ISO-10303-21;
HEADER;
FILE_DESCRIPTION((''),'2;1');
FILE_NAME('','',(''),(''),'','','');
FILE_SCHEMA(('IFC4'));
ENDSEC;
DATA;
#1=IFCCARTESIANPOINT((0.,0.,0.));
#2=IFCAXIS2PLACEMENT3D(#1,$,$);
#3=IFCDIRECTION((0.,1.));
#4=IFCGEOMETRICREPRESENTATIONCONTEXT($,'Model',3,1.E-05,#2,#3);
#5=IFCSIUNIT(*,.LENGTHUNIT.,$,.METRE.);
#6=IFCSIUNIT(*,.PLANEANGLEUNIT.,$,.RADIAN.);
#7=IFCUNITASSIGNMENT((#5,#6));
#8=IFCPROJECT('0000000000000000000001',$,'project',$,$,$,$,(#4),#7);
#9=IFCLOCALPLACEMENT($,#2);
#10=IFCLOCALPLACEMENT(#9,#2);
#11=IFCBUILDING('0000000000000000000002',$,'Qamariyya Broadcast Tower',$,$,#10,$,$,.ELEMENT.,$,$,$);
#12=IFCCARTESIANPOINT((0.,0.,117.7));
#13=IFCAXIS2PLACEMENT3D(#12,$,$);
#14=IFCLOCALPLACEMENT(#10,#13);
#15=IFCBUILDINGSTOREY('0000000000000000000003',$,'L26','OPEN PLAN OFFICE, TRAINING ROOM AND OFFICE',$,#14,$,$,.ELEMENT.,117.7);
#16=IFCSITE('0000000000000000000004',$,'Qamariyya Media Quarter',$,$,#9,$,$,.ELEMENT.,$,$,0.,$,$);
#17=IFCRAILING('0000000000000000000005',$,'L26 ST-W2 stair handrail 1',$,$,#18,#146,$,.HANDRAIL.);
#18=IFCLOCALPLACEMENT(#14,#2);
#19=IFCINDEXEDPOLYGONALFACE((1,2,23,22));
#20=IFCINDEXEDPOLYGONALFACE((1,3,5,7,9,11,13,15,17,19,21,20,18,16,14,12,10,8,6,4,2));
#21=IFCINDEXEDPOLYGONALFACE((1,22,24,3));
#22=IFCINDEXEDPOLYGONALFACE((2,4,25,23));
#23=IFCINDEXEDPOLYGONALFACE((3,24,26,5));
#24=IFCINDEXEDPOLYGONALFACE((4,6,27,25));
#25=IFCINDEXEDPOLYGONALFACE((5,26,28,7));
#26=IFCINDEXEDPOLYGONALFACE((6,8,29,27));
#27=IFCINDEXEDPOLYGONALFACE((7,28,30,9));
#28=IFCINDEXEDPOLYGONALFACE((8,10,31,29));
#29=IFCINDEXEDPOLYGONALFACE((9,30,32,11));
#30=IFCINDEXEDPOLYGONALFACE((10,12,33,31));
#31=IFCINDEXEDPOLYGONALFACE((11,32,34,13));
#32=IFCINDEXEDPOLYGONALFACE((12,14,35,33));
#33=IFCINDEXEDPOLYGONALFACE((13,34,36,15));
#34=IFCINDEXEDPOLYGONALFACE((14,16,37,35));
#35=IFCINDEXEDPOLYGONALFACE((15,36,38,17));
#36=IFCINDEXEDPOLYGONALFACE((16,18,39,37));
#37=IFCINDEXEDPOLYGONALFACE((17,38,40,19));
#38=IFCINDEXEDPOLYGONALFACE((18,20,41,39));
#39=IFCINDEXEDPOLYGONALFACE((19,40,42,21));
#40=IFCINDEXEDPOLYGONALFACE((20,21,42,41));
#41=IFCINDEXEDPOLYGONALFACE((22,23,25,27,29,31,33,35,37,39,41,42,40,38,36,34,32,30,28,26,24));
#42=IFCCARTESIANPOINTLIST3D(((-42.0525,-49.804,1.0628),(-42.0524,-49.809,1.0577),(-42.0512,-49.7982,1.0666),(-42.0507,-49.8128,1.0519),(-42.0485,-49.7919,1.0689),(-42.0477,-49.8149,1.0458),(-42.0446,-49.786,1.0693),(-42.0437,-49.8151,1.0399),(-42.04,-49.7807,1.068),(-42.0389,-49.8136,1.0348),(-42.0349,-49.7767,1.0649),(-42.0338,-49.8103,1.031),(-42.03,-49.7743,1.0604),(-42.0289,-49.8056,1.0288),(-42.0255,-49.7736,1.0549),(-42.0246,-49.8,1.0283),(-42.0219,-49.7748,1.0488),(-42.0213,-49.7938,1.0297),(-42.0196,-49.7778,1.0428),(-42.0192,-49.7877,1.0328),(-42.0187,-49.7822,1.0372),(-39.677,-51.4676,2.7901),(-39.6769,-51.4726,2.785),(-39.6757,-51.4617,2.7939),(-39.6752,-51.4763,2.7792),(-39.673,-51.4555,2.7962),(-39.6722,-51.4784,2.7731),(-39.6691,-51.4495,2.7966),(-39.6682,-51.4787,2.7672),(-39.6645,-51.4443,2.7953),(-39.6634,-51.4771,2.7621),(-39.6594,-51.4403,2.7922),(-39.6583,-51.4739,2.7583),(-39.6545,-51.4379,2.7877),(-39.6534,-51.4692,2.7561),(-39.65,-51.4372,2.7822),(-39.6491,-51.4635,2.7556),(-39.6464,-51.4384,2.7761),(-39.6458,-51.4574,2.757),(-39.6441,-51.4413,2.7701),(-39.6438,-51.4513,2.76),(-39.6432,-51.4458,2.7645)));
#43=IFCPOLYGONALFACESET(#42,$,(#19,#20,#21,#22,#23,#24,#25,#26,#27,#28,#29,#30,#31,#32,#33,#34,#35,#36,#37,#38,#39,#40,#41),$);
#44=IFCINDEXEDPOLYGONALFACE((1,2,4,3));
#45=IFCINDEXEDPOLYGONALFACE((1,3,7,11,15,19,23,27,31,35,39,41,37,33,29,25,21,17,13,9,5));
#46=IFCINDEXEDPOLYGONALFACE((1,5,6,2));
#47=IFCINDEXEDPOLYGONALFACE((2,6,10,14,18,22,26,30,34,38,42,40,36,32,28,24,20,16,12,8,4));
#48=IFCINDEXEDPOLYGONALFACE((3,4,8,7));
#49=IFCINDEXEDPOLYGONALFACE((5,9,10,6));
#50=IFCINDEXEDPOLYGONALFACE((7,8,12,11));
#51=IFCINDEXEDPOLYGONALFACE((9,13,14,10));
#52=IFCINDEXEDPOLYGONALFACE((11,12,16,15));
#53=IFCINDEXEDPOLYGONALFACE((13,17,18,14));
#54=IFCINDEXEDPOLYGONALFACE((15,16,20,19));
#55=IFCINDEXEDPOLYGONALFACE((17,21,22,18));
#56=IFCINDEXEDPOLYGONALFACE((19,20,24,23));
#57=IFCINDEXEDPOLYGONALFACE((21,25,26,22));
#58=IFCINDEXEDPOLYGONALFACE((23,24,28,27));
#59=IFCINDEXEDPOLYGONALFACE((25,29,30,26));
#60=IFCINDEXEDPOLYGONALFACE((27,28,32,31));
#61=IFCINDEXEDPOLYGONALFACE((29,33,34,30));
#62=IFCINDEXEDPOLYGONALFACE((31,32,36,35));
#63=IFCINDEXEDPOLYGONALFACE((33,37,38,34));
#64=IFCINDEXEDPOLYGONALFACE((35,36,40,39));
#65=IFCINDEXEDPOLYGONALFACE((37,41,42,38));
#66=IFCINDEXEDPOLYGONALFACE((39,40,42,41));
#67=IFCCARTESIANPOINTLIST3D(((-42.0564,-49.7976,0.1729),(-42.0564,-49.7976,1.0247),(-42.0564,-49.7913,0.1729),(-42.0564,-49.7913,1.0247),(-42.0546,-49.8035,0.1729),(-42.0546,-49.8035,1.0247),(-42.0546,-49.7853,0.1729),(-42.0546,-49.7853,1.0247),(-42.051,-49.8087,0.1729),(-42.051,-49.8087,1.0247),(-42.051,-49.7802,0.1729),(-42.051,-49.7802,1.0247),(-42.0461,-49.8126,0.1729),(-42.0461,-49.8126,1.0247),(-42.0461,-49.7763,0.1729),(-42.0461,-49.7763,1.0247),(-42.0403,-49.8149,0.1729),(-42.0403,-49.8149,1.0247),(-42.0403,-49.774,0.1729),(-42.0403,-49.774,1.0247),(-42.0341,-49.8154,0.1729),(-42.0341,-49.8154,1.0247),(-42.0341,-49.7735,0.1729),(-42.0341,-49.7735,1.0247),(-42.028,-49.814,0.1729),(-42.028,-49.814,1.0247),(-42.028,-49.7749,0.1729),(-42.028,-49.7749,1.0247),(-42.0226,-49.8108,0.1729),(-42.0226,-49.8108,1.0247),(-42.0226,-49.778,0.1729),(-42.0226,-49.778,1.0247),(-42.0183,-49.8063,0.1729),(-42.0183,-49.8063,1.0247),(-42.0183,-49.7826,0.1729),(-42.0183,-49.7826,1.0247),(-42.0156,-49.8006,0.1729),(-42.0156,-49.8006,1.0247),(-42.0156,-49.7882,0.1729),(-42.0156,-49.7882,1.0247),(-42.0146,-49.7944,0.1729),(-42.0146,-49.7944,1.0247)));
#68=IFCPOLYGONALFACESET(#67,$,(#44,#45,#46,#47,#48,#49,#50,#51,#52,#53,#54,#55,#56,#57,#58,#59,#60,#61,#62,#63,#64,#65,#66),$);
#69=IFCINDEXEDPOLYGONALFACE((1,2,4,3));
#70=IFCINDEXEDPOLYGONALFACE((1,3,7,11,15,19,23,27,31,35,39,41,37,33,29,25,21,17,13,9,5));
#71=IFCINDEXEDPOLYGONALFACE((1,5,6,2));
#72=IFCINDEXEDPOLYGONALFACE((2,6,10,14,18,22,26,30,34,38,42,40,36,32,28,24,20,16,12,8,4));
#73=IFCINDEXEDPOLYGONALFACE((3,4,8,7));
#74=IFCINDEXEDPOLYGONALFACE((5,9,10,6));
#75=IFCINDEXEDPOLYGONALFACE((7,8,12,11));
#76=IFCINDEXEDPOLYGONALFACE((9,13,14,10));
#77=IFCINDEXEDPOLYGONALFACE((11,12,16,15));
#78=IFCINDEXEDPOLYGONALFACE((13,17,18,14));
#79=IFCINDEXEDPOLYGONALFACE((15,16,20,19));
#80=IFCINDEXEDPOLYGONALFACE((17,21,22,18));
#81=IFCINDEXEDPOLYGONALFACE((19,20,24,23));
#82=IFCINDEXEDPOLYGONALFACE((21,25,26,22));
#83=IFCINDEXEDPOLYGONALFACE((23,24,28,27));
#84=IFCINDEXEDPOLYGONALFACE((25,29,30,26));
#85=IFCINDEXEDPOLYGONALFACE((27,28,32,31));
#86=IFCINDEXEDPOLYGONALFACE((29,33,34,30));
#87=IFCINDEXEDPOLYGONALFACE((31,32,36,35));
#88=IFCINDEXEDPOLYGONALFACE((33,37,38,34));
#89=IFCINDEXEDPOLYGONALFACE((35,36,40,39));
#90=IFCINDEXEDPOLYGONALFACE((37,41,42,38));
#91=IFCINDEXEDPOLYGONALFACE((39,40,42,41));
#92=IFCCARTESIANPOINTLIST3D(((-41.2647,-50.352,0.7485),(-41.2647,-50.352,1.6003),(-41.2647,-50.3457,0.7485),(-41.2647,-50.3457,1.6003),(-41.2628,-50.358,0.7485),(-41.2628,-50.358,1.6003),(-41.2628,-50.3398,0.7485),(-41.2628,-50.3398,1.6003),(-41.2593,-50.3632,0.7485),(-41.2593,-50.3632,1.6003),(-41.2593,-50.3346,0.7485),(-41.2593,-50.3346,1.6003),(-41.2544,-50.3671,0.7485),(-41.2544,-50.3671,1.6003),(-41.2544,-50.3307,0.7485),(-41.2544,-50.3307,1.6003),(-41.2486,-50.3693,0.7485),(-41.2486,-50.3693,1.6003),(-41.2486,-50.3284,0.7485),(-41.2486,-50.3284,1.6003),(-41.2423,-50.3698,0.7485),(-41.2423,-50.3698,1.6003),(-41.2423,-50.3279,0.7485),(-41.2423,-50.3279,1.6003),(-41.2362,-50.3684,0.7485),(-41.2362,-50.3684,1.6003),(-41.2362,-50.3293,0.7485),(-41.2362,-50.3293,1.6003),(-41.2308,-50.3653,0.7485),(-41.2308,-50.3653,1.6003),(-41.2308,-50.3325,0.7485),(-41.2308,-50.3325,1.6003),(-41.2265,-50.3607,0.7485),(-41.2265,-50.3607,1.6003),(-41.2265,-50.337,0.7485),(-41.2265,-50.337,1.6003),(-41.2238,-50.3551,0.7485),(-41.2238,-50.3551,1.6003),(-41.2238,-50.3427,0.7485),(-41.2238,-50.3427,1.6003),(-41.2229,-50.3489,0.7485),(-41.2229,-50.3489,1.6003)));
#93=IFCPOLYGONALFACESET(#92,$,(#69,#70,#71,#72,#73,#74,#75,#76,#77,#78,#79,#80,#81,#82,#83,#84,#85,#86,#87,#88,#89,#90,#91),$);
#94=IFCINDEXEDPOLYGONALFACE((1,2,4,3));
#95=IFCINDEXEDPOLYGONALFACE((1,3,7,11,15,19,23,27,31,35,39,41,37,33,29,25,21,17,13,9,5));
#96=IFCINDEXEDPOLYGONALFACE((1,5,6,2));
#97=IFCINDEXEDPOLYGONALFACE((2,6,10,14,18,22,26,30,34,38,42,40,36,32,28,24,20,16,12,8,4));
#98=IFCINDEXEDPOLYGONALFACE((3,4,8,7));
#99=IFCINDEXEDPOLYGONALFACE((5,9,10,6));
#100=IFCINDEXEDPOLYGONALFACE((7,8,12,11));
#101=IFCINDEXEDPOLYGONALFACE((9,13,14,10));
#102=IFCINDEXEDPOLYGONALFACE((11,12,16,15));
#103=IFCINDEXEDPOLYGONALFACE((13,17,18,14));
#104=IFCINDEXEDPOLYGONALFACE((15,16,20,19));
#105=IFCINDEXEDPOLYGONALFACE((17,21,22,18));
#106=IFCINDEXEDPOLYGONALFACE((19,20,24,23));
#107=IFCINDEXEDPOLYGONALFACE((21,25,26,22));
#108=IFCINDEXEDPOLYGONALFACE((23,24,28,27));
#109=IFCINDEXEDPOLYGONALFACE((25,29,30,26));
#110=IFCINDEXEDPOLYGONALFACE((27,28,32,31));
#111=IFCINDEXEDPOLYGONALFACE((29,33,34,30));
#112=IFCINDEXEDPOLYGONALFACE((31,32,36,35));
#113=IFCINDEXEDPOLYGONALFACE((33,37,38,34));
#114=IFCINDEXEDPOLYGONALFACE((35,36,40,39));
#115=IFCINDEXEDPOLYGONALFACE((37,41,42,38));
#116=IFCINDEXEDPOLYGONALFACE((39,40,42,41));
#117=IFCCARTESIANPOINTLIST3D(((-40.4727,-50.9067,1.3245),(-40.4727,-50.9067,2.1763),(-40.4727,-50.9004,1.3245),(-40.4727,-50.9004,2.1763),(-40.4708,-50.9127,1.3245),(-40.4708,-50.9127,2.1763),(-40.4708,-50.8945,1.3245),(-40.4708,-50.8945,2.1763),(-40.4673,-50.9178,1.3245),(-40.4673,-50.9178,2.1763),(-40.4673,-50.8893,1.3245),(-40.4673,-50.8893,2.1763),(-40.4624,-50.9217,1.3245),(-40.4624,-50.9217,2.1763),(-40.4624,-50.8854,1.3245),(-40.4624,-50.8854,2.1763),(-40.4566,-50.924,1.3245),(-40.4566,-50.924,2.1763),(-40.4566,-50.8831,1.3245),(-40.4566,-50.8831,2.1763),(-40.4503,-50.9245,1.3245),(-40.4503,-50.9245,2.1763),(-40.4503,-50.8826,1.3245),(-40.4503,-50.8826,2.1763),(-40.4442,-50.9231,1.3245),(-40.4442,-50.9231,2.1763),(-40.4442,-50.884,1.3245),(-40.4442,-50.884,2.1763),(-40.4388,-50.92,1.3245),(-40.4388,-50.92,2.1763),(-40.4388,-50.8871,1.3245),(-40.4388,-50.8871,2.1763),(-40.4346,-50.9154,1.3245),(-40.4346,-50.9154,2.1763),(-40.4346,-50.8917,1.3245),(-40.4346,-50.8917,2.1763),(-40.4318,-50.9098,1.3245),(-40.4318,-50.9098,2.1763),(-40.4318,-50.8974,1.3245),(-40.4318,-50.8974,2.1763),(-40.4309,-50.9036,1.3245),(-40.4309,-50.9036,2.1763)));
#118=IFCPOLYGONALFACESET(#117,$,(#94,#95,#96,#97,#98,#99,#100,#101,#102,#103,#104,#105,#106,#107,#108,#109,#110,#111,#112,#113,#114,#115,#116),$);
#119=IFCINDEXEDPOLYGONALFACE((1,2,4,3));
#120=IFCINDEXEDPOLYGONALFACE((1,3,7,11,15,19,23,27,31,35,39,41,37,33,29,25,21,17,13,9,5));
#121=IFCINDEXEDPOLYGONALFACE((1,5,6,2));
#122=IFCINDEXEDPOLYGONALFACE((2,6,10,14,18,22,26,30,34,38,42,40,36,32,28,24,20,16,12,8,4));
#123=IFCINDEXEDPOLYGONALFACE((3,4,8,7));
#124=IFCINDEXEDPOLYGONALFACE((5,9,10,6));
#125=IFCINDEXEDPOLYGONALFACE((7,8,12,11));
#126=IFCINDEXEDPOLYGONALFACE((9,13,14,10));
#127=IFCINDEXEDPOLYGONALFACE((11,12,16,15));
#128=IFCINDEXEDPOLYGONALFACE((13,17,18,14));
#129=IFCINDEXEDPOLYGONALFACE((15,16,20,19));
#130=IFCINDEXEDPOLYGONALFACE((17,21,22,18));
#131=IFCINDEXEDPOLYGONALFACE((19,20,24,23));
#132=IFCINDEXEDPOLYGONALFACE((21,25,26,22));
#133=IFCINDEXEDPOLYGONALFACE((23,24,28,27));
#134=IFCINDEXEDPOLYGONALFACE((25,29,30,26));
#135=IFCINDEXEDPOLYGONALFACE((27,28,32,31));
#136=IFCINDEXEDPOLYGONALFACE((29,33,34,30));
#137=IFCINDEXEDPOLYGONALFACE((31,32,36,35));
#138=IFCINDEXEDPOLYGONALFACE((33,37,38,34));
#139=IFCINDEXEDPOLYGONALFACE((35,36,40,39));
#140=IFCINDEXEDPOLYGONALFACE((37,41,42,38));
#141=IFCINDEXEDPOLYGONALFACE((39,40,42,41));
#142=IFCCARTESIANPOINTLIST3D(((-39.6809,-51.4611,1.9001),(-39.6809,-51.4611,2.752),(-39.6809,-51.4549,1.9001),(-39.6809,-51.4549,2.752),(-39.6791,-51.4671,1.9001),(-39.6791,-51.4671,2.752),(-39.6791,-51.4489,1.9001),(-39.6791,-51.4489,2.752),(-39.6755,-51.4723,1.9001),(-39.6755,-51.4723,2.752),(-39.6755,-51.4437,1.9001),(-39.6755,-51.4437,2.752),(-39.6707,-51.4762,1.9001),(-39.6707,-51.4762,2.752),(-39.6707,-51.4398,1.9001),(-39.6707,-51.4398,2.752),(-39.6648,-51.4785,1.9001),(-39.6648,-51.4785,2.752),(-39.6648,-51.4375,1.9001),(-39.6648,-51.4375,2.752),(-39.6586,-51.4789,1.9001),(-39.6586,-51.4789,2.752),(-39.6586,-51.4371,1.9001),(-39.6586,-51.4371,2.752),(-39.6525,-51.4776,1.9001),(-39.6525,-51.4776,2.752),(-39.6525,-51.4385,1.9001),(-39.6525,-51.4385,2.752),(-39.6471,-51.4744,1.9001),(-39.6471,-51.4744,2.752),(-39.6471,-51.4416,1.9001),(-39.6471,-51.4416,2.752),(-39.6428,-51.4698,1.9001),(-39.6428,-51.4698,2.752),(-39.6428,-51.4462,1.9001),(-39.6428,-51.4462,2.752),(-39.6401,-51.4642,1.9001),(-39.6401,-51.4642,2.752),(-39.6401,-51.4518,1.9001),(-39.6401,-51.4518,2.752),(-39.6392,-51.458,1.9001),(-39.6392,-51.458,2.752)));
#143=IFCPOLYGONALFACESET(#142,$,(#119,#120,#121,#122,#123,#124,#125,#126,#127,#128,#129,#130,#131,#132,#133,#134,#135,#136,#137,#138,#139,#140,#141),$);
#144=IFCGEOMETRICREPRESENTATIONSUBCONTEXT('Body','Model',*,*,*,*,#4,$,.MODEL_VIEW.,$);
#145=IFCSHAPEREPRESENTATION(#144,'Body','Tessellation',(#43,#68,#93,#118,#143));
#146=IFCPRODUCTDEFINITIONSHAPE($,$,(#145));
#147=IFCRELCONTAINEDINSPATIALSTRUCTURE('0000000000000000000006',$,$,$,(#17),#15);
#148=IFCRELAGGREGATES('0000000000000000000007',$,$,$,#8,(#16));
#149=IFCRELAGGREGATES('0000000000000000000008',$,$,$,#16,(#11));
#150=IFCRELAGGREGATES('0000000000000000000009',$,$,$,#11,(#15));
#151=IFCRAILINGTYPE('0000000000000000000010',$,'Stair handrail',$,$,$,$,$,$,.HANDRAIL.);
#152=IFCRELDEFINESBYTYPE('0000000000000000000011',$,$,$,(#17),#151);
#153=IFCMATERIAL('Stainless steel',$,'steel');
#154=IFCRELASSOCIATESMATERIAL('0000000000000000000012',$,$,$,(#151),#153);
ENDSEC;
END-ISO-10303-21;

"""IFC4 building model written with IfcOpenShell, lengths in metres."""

from ifc_helpers import new_model, si_unit, direction, frame, origin, origin_2d, place, context, subcontext, project, spatial, circle, extrude, material, type_object, element, save


model = new_model("IFC4")

# Units and contexts
model_context = context("Model", 3, precision=1e-05, world=origin(), true_north=direction((0.0, 1.0)))
body_context = subcontext(model_context, "Body", "Model", "MODEL_VIEW")
ifc_project = project(units=[si_unit("LENGTHUNIT", "METRE"), si_unit("PLANEANGLEUNIT", "RADIAN")], contexts=[model_context])

# Site, building, storey
site_placement = place(None, origin())
site = spatial("IfcSite", under=ifc_project, at=site_placement, Name="Qamariyya Media Quarter", CompositionType="ELEMENT", RefElevation=0.0)
building_placement = place(site_placement, origin())
building = spatial("IfcBuilding", under=site, at=building_placement, Name="Qamariyya Broadcast Tower", CompositionType="ELEMENT")
storey_placement = place(building_placement, frame((0.0, 0.0, 117.7)))
storey = spatial("IfcBuildingStorey", under=building, at=storey_placement, Name="L26", Description="OPEN PLAN OFFICE, TRAINING ROOM AND OFFICE", CompositionType="ELEMENT", Elevation=117.7)

# Railing
ifc_material_1 = material(Name="Stainless steel", Category="steel")
railing_type_1 = type_object("IfcRailingType", Name="Stair handrail", PredefinedType="HANDRAIL", material=ifc_material_1)
railing_1_placement = place(storey_placement, frame((-42.0356, -49.7944, 0.1729)))
element("IfcRailing", 1, at=railing_1_placement, inside=storey, type_object=railing_type_1, Name="L26 ST-W2 stair handrail 1", PredefinedType="HANDRAIL", context=body_context, shape_type="SweptSolid", body=[
    extrude(circle(Radius=0.0239, at=origin_2d()), frame((0.0, 0.0, 0.876), z_axis=(0.703745, -0.492838, 0.511716), x_axis=(0.573632, 0.819113, 0.0)), (0.0, 0.0, 1.0), 3.3755),
    extrude(circle(Radius=0.021, at=origin_2d()), origin(), (0.0, 0.0, 1.0), 0.8518),
    extrude(circle(Radius=0.021, at=origin_2d()), frame((0.7917, -0.5544, 0.5757)), (0.0, 0.0, 1.0), 0.8518),
    extrude(circle(Radius=0.021, at=origin_2d()), frame((1.5837, -1.1091, 1.1516)), (0.0, 0.0, 1.0), 0.8518),
    extrude(circle(Radius=0.021, at=origin_2d()), frame((2.3755, -1.6636, 1.7273)), (0.0, 0.0, 1.0), 0.8518),
])

save(model, "model.ifc")
